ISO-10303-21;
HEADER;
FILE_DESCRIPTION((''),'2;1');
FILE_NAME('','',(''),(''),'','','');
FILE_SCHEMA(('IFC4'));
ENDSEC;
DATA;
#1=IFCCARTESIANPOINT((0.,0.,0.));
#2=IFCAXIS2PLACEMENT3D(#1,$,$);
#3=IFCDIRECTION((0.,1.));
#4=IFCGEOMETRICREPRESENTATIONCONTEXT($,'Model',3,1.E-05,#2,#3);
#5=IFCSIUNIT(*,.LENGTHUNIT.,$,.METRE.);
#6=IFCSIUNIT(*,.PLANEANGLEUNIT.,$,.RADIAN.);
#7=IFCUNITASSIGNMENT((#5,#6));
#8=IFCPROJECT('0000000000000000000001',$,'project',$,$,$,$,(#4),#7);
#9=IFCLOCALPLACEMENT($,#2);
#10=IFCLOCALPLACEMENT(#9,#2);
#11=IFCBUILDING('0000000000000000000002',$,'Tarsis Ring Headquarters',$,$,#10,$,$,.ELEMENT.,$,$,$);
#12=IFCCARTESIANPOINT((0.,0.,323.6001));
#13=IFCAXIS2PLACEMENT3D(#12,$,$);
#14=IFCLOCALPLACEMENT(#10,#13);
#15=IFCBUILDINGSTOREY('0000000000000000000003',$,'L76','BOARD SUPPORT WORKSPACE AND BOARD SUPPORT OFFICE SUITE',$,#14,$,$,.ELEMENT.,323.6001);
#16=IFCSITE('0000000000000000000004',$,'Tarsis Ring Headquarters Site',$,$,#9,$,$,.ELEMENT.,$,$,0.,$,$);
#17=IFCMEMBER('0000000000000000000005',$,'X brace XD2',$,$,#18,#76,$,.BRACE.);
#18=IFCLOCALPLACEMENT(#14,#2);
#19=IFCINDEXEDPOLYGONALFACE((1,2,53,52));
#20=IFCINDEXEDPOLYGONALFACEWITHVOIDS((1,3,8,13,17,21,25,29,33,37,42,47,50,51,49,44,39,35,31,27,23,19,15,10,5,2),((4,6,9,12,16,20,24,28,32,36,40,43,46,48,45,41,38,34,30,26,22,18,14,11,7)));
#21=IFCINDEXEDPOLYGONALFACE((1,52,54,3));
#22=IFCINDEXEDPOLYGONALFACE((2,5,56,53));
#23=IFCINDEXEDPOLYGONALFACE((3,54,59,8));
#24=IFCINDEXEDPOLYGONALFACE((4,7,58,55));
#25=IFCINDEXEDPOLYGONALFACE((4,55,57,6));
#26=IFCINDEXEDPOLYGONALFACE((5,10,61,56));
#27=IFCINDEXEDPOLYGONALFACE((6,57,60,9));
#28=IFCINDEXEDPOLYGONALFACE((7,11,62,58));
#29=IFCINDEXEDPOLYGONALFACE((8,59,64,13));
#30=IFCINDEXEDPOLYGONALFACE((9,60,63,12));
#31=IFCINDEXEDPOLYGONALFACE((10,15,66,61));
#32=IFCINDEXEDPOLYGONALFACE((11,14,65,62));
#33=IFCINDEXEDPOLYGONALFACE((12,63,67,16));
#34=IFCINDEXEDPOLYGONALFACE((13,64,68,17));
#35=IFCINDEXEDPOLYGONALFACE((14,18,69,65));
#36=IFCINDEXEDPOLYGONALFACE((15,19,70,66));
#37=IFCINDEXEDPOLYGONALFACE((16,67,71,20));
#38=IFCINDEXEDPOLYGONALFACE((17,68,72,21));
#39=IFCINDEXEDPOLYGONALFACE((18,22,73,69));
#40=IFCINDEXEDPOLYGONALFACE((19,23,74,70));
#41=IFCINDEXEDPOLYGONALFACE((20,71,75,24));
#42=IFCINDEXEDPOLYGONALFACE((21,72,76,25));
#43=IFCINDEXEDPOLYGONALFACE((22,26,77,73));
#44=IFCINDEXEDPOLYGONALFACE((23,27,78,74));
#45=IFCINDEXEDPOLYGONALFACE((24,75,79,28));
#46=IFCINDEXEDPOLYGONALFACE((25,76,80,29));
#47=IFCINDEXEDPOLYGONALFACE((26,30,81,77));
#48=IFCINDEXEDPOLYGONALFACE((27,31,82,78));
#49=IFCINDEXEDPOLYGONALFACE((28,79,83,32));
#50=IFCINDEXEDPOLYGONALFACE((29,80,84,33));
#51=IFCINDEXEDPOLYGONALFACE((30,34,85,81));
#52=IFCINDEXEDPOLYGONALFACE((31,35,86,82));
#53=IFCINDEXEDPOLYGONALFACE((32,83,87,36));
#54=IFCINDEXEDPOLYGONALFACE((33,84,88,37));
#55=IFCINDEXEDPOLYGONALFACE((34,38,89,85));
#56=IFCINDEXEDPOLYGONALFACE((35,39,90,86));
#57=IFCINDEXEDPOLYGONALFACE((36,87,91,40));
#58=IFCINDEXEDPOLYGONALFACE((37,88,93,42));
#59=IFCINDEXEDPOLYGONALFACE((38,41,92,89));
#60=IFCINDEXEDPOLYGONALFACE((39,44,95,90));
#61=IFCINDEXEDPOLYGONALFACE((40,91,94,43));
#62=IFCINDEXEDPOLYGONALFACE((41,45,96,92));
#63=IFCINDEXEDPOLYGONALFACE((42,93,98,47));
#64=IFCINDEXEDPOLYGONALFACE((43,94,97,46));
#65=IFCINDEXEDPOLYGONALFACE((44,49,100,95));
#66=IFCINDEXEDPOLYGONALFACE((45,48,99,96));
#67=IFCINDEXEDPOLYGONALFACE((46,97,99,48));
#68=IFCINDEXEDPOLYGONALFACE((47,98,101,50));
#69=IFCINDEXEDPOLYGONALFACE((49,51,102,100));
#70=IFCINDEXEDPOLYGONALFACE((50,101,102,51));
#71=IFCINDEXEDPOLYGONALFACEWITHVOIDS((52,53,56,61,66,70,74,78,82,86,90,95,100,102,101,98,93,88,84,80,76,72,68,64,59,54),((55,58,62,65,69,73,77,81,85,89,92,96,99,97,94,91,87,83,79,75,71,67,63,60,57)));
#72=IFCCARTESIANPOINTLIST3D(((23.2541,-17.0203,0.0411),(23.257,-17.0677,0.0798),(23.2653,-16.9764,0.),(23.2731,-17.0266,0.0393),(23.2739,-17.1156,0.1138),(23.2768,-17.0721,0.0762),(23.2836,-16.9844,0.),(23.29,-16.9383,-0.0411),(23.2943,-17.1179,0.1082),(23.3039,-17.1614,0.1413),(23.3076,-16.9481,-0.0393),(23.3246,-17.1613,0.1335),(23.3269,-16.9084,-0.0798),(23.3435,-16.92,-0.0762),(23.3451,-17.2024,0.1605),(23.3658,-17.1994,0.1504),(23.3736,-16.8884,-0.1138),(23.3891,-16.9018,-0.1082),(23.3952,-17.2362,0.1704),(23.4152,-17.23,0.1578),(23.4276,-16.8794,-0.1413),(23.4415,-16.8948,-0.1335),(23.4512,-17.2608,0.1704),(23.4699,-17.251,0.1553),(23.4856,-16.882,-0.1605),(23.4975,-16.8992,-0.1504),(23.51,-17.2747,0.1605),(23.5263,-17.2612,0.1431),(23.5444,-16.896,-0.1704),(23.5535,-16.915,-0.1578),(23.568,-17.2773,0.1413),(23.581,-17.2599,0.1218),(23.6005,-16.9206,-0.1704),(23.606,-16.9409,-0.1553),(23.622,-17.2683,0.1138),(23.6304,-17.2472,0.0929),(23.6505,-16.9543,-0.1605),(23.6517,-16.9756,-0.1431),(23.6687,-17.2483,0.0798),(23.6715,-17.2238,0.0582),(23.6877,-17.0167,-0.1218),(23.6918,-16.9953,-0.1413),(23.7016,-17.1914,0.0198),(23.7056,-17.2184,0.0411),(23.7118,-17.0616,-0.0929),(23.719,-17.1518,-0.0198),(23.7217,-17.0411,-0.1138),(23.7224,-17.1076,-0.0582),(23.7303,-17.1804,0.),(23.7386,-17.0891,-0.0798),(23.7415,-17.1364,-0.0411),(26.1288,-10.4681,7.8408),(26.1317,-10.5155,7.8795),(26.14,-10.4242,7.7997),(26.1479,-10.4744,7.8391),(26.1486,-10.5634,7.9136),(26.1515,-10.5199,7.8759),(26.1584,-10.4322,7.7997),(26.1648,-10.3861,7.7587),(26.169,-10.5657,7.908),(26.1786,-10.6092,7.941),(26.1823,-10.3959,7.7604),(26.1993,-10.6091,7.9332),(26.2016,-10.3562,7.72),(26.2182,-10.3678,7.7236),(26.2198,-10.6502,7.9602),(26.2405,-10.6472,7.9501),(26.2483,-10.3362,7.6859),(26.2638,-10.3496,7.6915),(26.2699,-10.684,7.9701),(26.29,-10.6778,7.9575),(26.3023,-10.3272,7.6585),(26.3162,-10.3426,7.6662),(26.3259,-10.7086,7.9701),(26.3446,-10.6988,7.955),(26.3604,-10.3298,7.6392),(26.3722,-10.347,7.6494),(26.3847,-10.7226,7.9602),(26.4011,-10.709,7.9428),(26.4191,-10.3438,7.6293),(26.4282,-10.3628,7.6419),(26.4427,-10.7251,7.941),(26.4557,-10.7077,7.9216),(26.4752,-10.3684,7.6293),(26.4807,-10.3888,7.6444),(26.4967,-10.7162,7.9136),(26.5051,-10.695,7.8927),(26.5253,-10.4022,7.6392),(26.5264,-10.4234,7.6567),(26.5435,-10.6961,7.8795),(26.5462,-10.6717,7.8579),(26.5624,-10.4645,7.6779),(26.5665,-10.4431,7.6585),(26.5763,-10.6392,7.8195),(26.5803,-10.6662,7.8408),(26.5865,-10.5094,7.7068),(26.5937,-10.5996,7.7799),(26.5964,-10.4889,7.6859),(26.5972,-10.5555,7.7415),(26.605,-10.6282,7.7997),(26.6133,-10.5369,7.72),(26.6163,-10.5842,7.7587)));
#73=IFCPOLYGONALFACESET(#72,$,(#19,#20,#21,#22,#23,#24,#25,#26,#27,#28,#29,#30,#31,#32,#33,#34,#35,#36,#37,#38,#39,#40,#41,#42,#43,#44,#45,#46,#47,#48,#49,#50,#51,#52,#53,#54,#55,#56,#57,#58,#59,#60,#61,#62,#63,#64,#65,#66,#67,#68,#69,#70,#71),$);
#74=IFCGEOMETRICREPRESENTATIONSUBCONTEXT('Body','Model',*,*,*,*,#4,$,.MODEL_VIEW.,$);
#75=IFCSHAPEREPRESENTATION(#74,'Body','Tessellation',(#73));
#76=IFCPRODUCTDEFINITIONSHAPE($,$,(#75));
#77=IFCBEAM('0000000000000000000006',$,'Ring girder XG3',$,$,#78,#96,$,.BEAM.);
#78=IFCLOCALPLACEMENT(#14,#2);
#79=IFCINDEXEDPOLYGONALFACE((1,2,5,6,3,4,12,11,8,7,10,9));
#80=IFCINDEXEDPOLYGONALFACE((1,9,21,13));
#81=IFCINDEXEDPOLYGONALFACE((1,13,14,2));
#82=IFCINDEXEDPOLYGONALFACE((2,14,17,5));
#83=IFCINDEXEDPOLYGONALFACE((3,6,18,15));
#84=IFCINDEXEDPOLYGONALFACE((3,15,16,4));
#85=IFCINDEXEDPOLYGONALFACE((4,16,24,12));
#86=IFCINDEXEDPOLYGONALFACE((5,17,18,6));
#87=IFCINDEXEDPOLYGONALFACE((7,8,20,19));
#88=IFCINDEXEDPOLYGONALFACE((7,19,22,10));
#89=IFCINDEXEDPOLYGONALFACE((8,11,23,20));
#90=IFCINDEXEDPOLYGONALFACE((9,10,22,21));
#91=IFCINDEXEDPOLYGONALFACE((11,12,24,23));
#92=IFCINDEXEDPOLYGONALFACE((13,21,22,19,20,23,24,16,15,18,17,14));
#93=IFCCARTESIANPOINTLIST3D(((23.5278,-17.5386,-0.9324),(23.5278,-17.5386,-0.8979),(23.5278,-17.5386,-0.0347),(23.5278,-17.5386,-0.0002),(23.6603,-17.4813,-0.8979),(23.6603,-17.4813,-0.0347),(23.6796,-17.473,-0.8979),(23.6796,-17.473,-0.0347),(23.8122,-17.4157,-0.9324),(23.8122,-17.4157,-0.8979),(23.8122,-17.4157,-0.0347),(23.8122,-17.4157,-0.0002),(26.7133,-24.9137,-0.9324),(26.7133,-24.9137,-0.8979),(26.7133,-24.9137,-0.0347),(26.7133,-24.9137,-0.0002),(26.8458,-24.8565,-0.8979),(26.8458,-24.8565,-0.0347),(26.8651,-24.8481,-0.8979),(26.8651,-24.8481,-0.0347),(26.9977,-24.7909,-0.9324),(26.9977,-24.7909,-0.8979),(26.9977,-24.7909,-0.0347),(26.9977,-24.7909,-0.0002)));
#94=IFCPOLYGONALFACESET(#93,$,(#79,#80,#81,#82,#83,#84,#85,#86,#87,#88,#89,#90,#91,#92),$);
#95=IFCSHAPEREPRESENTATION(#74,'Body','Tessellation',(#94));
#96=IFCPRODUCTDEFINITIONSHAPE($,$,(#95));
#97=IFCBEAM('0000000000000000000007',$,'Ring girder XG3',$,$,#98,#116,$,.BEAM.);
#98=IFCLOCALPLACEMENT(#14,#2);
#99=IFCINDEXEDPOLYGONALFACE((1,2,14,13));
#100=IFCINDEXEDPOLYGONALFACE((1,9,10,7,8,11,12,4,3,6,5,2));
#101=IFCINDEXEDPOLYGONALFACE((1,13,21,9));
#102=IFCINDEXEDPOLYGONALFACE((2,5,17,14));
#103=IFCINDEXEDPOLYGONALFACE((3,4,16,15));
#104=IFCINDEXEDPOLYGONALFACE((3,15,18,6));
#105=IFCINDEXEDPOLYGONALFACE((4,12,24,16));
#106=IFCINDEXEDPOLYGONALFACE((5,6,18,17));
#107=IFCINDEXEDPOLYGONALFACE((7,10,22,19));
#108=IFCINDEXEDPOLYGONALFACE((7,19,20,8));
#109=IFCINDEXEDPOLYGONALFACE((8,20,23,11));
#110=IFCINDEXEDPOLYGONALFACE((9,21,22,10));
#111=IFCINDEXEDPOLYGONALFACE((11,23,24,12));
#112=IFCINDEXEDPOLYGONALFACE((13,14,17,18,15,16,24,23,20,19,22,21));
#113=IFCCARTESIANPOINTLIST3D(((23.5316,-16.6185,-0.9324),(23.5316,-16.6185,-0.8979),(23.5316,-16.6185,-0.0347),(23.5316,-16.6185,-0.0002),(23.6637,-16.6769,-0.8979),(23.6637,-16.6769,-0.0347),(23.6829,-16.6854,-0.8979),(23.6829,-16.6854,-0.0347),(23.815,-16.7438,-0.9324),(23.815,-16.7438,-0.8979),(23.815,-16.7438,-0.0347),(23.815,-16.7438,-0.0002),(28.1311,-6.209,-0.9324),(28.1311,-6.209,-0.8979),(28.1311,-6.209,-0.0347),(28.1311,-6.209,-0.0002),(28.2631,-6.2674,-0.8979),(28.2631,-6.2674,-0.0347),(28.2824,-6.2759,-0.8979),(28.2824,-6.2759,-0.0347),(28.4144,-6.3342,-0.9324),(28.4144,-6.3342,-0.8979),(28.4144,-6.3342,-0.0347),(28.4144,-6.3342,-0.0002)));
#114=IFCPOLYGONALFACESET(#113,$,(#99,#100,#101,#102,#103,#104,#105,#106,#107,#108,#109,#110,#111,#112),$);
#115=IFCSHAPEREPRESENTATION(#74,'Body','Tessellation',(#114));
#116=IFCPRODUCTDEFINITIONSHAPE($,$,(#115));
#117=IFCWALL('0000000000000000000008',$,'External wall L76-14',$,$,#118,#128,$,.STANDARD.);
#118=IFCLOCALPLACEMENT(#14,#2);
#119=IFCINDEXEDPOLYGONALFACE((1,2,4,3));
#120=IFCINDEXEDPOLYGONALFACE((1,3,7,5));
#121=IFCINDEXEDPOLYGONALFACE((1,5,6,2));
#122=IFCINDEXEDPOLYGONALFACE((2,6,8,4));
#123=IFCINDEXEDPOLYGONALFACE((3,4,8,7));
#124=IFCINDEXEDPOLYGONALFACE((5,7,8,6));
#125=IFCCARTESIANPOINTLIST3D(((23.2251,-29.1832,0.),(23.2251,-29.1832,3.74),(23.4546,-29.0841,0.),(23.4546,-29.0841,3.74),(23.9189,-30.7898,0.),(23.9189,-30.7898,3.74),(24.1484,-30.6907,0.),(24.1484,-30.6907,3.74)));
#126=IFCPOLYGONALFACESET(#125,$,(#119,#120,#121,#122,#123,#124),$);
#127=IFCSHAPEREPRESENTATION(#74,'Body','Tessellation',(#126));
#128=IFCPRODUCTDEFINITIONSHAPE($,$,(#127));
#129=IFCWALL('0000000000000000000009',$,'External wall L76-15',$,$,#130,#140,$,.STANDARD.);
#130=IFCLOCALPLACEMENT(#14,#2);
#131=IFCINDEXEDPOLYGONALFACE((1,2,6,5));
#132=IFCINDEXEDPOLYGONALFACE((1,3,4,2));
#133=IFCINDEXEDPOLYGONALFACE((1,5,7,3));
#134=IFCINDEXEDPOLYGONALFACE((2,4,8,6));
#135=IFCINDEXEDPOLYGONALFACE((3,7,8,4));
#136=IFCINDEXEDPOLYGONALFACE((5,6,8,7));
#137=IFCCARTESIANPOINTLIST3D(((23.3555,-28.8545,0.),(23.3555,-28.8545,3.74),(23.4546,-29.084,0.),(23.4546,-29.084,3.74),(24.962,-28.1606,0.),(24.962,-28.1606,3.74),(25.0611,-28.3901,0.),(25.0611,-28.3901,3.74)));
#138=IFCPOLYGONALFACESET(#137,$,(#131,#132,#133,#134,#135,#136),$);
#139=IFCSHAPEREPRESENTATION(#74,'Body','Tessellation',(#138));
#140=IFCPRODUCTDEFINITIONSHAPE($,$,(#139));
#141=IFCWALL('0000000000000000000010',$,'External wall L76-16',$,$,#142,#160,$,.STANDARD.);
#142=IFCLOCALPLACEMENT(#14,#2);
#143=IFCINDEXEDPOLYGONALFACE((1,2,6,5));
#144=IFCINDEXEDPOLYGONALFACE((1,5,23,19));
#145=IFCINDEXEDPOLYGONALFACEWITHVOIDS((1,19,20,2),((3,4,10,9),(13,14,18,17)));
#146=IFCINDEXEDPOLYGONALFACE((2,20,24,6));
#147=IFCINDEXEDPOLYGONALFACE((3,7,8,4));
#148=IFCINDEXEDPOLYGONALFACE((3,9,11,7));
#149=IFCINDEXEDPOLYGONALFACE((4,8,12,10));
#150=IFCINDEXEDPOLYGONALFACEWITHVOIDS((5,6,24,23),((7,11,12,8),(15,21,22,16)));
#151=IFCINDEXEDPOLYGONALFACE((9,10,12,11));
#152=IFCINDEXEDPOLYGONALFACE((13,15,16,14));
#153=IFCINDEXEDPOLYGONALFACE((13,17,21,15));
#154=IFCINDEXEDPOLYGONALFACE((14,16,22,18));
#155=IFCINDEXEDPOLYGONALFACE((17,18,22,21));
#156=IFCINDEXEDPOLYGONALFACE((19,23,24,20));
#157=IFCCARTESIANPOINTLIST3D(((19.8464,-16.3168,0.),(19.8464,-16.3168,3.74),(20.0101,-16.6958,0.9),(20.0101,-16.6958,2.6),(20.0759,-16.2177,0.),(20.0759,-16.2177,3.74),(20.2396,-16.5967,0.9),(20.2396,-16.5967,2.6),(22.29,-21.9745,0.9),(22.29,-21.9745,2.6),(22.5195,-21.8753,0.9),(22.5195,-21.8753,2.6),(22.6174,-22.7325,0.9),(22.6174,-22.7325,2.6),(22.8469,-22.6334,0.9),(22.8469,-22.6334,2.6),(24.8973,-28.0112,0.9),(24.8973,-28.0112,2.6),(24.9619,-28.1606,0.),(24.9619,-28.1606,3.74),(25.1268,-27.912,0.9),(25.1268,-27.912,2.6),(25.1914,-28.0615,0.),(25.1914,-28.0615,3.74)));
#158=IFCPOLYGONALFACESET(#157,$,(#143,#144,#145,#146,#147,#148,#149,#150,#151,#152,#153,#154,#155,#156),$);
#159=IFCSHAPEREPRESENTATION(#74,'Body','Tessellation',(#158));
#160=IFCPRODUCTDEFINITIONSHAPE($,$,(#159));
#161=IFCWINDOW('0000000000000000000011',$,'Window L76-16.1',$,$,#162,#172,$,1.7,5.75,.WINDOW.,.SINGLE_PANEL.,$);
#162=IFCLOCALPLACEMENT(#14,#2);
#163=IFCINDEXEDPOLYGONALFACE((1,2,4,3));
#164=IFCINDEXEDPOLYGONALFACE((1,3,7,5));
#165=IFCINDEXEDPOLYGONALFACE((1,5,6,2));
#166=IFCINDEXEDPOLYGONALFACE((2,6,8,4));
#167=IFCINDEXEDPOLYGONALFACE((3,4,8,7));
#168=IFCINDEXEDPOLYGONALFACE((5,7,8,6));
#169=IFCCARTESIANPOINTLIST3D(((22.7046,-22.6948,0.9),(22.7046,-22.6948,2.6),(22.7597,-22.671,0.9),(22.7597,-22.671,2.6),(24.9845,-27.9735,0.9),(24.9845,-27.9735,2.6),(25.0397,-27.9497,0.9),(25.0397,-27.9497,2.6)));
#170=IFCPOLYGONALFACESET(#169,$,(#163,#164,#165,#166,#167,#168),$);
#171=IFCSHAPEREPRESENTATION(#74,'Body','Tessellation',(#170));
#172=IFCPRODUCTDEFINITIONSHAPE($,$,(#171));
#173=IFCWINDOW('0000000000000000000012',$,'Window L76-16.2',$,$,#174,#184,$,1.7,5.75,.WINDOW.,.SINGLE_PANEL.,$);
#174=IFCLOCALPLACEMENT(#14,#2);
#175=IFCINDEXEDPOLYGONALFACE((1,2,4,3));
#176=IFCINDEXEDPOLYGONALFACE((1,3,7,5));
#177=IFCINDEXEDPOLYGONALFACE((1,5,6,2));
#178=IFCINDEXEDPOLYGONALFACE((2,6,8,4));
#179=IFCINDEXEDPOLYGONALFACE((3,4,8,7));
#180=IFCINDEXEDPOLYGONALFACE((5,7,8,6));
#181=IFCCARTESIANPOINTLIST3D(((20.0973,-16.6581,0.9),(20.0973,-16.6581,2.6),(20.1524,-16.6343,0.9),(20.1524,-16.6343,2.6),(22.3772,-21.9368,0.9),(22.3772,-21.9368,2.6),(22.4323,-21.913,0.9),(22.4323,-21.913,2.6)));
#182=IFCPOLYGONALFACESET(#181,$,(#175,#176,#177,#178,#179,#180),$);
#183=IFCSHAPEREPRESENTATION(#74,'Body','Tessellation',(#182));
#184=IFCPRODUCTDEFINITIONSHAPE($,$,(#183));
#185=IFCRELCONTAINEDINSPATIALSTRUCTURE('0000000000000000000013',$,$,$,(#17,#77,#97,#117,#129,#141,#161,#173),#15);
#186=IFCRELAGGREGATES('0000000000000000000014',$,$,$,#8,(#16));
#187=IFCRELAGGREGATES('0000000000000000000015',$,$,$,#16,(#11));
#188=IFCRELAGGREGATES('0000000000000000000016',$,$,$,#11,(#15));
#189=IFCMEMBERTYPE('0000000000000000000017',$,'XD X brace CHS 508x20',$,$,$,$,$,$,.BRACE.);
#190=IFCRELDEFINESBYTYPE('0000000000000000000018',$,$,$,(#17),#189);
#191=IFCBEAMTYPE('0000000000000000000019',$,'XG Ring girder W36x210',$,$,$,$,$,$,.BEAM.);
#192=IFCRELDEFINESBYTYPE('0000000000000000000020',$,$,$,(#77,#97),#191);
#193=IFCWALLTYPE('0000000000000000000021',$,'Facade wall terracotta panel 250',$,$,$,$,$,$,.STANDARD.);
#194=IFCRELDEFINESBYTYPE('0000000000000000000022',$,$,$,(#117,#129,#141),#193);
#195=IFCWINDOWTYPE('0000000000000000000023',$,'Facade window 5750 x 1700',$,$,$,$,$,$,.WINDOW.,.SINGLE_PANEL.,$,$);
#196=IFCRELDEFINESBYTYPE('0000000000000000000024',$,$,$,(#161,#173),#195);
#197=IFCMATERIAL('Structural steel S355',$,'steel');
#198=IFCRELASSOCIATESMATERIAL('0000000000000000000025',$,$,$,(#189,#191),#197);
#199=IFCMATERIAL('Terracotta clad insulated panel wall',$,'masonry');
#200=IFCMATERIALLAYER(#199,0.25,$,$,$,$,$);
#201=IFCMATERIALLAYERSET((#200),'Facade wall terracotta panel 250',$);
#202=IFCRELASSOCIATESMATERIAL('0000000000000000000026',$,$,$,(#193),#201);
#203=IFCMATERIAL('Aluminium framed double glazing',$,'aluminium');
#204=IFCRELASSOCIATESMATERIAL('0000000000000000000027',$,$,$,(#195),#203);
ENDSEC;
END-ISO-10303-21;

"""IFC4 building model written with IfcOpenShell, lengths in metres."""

from ifc_helpers import new_model, si_unit, direction, frame, frame_2d, origin, origin_2d, place, context, subcontext, project, spatial, rectangle, hollow_circle, i_section, extrude, material, layer, layer_set, material_profile, profile_set, type_object, element, fill, save


model = new_model("IFC4")

# Units and contexts
model_context = context("Model", 3, precision=1e-05, world=origin(), true_north=direction((0.0, 1.0)))
body_context = subcontext(model_context, "Body", "Model", "MODEL_VIEW")
ifc_project = project(units=[si_unit("LENGTHUNIT", "METRE"), si_unit("PLANEANGLEUNIT", "RADIAN")], contexts=[model_context])

# Site, building, storey
site_placement = place(None, origin())
site = spatial("IfcSite", under=ifc_project, at=site_placement, Name="Tarsis Ring Headquarters Site", CompositionType="ELEMENT", RefElevation=0.0)
building_placement = place(site_placement, origin())
building = spatial("IfcBuilding", under=site, at=building_placement, Name="Tarsis Ring Headquarters", CompositionType="ELEMENT")
storey_placement = place(building_placement, frame((0.0, 0.0, 323.6001)))
storey = spatial("IfcBuildingStorey", under=building, at=storey_placement, Name="L76", Description="BOARD SUPPORT WORKSPACE AND BOARD SUPPORT OFFICE SUITE", CompositionType="ELEMENT", Elevation=323.6001)

# Shared definitions
ifc_material_1 = material(Name="Structural steel S355", Category="steel")

# Member
ifc_material_profile_1 = material_profile(ifc_material_1, hollow_circle(Radius=0.2539, WallThickness=0.02, at=origin_2d()), Name="CHS 508x20")
ifc_profile_set_1 = profile_set([ifc_material_profile_1], Name="Structural steel S355")
member_type = type_object("IfcMemberType", Name="XD X brace CHS 508x20", PredefinedType="BRACE", material=ifc_profile_set_1)
member_placement = place(storey_placement, frame((23.4978, -17.0784, 0.0), z_axis=(0.271599, 0.619038, 0.736903), x_axis=(-0.915739, 0.401774, 0.0)))
element("IfcMember", 1, at=member_placement, inside=storey, type_object=member_type, Name="X brace XD2", PredefinedType="BRACE", context=body_context, shape_type="SweptSolid", body=[
    extrude(hollow_circle(Radius=0.2539, WallThickness=0.02, at=origin_2d()), origin(), (0.0, 0.0, 1.0), 10.5845),
])

# Beams
ifc_material_profile_2 = material_profile(ifc_material_1, i_section(OverallWidth=0.3098, OverallDepth=0.9321, WebThickness=0.021, FlangeThickness=0.0344, at=origin_2d()), Name="W36x210")
ifc_profile_set_2 = profile_set([ifc_material_profile_2], Name="Structural steel S355")
beam_type = type_object("IfcBeamType", Name="XG Ring girder W36x210", PredefinedType="BEAM", material=ifc_profile_set_2)
beam_1_placement = place(storey_placement, frame((26.8555, -24.8523, -0.4663), z_axis=(-0.396518, 0.918027, 0.0), x_axis=(-0.918027, -0.396518, 0.0)))
element("IfcBeam", 2, at=beam_1_placement, inside=storey, type_object=beam_type, Name="Ring girder XG3", PredefinedType="BEAM", context=body_context, shape_type="SweptSolid", body=[
    extrude(i_section(OverallWidth=0.3098, OverallDepth=0.9321, WebThickness=0.021, FlangeThickness=0.0344, at=origin_2d()), origin(), (0.0, 0.0, 1.0), 8.0337),
])
beam_2_placement = place(storey_placement, frame((23.6733, -16.6812, -0.4663), z_axis=(0.404153, 0.914691, 0.0), x_axis=(-0.914691, 0.404153, 0.0)))
element("IfcBeam", 3, at=beam_2_placement, inside=storey, type_object=beam_type, Name="Ring girder XG3", PredefinedType="BEAM", context=body_context, shape_type="SweptSolid", body=[
    extrude(i_section(OverallWidth=0.3098, OverallDepth=0.9321, WebThickness=0.021, FlangeThickness=0.0344, at=origin_2d()), origin(), (0.0, 0.0, 1.0), 11.3804),
])

# Walls
ifc_material_2 = material(Name="Terracotta clad insulated panel wall", Category="masonry")
ifc_layer = layer(ifc_material_2, 0.25)
ifc_layer_set = layer_set([ifc_layer], Name="Facade wall terracotta panel 250")
wall_type = type_object("IfcWallType", Name="Facade wall terracotta panel 250", PredefinedType="STANDARD", material=ifc_layer_set)
for number, where, z_axis, x_axis, name in (
    (4, (24.0337, -30.7402, 0.0), (0.0, 0.0, 1.0), (-0.39646, 0.918052, 0.0), "External wall L76-14"),
    (5, (23.405, -28.9692, 0.0), (0.0, 0.0, 1.0), (0.91803, 0.396511, 0.0), "External wall L76-15"),
):
    element("IfcWall", number, at=place(storey_placement, frame(where, z_axis=z_axis, x_axis=x_axis)), inside=storey, type_object=wall_type, Name=name, PredefinedType="STANDARD", context=body_context, shape_type="SweptSolid", body=[
        extrude(rectangle(XDim=1.75, YDim=0.25, at=frame_2d((0.875, 0.0))), origin(), (0.0, 0.0, 1.0), 3.74),
    ])

# Wall, openings, windows
wall_1_placement = place(storey_placement, frame((25.0767, -28.1111, 0.0), z_axis=(0.0, 0.0, 1.0), x_axis=(-0.39651, 0.91803, 0.0)))
wall_1 = element("IfcWall", 6, at=wall_1_placement, inside=storey, type_object=wall_type, Name="External wall L76-16", PredefinedType="STANDARD", context=body_context, shape_type="SweptSolid", body=[
    extrude(rectangle(XDim=12.9014, YDim=0.25, at=frame_2d((6.4507, 0.0))), origin(), (0.0, 0.0, 1.0), 3.74),
])
opening_1_placement = place(wall_1_placement, frame((0.1628, 0.0, 0.8999)))
opening_1 = element("IfcOpeningElement", 7, at=opening_1_placement, cuts=wall_1, PredefinedType="OPENING", context=body_context, shape_type="SweptSolid", body=[
    extrude(rectangle(XDim=5.75, YDim=1.7, at=frame_2d((2.875, 0.8501))), frame((0.0, 0.135, 0.0), z_axis=(0.0, -1.0, 0.0), x_axis=(1.0, 0.0, 0.0)), (0.0, 0.0, 1.0), 0.27),
])
opening_2_placement = place(wall_1_placement, frame((6.7385, 0.0, 0.8999)))
opening_2 = element("IfcOpeningElement", 8, at=opening_2_placement, cuts=wall_1, PredefinedType="OPENING", context=body_context, shape_type="SweptSolid", body=[
    extrude(rectangle(XDim=5.75, YDim=1.7, at=frame_2d((2.875, 0.8501))), frame((0.0, 0.135, 0.0), z_axis=(0.0, -1.0, 0.0), x_axis=(1.0, 0.0, 0.0)), (0.0, 0.0, 1.0), 0.27),
])
ifc_material_3 = material(Name="Aluminium framed double glazing", Category="aluminium")
window_type_1 = type_object("IfcWindowType", Name="Facade window 5750 x 1700", PartitioningType="SINGLE_PANEL", PredefinedType="WINDOW", material=ifc_material_3)
window_1_placement = place(opening_1_placement, origin())
window_1 = element("IfcWindow", 9, at=window_1_placement, inside=storey, type_object=window_type_1, Name="Window L76-16.1", OverallHeight=1.7, OverallWidth=5.75, PartitioningType="SINGLE_PANEL", PredefinedType="WINDOW", context=body_context, shape_type="SweptSolid", body=[
    extrude(rectangle(XDim=5.75, YDim=1.7, at=frame_2d((2.875, 0.8501))), frame((0.0, 0.03, 0.0), z_axis=(0.0, -1.0, 0.0), x_axis=(1.0, 0.0, 0.0)), (0.0, 0.0, 1.0), 0.0601),
])
fill(opening_1, window_1)
window_2_placement = place(opening_2_placement, origin())
window_2 = element("IfcWindow", 10, at=window_2_placement, inside=storey, type_object=window_type_1, Name="Window L76-16.2", OverallHeight=1.7, OverallWidth=5.75, PartitioningType="SINGLE_PANEL", PredefinedType="WINDOW", context=body_context, shape_type="SweptSolid", body=[
    extrude(rectangle(XDim=5.75, YDim=1.7, at=frame_2d((2.875, 0.8501))), frame((0.0, 0.03, 0.0), z_axis=(0.0, -1.0, 0.0), x_axis=(1.0, 0.0, 0.0)), (0.0, 0.0, 1.0), 0.0601),
])
fill(opening_2, window_2)

save(model, "model.ifc")
